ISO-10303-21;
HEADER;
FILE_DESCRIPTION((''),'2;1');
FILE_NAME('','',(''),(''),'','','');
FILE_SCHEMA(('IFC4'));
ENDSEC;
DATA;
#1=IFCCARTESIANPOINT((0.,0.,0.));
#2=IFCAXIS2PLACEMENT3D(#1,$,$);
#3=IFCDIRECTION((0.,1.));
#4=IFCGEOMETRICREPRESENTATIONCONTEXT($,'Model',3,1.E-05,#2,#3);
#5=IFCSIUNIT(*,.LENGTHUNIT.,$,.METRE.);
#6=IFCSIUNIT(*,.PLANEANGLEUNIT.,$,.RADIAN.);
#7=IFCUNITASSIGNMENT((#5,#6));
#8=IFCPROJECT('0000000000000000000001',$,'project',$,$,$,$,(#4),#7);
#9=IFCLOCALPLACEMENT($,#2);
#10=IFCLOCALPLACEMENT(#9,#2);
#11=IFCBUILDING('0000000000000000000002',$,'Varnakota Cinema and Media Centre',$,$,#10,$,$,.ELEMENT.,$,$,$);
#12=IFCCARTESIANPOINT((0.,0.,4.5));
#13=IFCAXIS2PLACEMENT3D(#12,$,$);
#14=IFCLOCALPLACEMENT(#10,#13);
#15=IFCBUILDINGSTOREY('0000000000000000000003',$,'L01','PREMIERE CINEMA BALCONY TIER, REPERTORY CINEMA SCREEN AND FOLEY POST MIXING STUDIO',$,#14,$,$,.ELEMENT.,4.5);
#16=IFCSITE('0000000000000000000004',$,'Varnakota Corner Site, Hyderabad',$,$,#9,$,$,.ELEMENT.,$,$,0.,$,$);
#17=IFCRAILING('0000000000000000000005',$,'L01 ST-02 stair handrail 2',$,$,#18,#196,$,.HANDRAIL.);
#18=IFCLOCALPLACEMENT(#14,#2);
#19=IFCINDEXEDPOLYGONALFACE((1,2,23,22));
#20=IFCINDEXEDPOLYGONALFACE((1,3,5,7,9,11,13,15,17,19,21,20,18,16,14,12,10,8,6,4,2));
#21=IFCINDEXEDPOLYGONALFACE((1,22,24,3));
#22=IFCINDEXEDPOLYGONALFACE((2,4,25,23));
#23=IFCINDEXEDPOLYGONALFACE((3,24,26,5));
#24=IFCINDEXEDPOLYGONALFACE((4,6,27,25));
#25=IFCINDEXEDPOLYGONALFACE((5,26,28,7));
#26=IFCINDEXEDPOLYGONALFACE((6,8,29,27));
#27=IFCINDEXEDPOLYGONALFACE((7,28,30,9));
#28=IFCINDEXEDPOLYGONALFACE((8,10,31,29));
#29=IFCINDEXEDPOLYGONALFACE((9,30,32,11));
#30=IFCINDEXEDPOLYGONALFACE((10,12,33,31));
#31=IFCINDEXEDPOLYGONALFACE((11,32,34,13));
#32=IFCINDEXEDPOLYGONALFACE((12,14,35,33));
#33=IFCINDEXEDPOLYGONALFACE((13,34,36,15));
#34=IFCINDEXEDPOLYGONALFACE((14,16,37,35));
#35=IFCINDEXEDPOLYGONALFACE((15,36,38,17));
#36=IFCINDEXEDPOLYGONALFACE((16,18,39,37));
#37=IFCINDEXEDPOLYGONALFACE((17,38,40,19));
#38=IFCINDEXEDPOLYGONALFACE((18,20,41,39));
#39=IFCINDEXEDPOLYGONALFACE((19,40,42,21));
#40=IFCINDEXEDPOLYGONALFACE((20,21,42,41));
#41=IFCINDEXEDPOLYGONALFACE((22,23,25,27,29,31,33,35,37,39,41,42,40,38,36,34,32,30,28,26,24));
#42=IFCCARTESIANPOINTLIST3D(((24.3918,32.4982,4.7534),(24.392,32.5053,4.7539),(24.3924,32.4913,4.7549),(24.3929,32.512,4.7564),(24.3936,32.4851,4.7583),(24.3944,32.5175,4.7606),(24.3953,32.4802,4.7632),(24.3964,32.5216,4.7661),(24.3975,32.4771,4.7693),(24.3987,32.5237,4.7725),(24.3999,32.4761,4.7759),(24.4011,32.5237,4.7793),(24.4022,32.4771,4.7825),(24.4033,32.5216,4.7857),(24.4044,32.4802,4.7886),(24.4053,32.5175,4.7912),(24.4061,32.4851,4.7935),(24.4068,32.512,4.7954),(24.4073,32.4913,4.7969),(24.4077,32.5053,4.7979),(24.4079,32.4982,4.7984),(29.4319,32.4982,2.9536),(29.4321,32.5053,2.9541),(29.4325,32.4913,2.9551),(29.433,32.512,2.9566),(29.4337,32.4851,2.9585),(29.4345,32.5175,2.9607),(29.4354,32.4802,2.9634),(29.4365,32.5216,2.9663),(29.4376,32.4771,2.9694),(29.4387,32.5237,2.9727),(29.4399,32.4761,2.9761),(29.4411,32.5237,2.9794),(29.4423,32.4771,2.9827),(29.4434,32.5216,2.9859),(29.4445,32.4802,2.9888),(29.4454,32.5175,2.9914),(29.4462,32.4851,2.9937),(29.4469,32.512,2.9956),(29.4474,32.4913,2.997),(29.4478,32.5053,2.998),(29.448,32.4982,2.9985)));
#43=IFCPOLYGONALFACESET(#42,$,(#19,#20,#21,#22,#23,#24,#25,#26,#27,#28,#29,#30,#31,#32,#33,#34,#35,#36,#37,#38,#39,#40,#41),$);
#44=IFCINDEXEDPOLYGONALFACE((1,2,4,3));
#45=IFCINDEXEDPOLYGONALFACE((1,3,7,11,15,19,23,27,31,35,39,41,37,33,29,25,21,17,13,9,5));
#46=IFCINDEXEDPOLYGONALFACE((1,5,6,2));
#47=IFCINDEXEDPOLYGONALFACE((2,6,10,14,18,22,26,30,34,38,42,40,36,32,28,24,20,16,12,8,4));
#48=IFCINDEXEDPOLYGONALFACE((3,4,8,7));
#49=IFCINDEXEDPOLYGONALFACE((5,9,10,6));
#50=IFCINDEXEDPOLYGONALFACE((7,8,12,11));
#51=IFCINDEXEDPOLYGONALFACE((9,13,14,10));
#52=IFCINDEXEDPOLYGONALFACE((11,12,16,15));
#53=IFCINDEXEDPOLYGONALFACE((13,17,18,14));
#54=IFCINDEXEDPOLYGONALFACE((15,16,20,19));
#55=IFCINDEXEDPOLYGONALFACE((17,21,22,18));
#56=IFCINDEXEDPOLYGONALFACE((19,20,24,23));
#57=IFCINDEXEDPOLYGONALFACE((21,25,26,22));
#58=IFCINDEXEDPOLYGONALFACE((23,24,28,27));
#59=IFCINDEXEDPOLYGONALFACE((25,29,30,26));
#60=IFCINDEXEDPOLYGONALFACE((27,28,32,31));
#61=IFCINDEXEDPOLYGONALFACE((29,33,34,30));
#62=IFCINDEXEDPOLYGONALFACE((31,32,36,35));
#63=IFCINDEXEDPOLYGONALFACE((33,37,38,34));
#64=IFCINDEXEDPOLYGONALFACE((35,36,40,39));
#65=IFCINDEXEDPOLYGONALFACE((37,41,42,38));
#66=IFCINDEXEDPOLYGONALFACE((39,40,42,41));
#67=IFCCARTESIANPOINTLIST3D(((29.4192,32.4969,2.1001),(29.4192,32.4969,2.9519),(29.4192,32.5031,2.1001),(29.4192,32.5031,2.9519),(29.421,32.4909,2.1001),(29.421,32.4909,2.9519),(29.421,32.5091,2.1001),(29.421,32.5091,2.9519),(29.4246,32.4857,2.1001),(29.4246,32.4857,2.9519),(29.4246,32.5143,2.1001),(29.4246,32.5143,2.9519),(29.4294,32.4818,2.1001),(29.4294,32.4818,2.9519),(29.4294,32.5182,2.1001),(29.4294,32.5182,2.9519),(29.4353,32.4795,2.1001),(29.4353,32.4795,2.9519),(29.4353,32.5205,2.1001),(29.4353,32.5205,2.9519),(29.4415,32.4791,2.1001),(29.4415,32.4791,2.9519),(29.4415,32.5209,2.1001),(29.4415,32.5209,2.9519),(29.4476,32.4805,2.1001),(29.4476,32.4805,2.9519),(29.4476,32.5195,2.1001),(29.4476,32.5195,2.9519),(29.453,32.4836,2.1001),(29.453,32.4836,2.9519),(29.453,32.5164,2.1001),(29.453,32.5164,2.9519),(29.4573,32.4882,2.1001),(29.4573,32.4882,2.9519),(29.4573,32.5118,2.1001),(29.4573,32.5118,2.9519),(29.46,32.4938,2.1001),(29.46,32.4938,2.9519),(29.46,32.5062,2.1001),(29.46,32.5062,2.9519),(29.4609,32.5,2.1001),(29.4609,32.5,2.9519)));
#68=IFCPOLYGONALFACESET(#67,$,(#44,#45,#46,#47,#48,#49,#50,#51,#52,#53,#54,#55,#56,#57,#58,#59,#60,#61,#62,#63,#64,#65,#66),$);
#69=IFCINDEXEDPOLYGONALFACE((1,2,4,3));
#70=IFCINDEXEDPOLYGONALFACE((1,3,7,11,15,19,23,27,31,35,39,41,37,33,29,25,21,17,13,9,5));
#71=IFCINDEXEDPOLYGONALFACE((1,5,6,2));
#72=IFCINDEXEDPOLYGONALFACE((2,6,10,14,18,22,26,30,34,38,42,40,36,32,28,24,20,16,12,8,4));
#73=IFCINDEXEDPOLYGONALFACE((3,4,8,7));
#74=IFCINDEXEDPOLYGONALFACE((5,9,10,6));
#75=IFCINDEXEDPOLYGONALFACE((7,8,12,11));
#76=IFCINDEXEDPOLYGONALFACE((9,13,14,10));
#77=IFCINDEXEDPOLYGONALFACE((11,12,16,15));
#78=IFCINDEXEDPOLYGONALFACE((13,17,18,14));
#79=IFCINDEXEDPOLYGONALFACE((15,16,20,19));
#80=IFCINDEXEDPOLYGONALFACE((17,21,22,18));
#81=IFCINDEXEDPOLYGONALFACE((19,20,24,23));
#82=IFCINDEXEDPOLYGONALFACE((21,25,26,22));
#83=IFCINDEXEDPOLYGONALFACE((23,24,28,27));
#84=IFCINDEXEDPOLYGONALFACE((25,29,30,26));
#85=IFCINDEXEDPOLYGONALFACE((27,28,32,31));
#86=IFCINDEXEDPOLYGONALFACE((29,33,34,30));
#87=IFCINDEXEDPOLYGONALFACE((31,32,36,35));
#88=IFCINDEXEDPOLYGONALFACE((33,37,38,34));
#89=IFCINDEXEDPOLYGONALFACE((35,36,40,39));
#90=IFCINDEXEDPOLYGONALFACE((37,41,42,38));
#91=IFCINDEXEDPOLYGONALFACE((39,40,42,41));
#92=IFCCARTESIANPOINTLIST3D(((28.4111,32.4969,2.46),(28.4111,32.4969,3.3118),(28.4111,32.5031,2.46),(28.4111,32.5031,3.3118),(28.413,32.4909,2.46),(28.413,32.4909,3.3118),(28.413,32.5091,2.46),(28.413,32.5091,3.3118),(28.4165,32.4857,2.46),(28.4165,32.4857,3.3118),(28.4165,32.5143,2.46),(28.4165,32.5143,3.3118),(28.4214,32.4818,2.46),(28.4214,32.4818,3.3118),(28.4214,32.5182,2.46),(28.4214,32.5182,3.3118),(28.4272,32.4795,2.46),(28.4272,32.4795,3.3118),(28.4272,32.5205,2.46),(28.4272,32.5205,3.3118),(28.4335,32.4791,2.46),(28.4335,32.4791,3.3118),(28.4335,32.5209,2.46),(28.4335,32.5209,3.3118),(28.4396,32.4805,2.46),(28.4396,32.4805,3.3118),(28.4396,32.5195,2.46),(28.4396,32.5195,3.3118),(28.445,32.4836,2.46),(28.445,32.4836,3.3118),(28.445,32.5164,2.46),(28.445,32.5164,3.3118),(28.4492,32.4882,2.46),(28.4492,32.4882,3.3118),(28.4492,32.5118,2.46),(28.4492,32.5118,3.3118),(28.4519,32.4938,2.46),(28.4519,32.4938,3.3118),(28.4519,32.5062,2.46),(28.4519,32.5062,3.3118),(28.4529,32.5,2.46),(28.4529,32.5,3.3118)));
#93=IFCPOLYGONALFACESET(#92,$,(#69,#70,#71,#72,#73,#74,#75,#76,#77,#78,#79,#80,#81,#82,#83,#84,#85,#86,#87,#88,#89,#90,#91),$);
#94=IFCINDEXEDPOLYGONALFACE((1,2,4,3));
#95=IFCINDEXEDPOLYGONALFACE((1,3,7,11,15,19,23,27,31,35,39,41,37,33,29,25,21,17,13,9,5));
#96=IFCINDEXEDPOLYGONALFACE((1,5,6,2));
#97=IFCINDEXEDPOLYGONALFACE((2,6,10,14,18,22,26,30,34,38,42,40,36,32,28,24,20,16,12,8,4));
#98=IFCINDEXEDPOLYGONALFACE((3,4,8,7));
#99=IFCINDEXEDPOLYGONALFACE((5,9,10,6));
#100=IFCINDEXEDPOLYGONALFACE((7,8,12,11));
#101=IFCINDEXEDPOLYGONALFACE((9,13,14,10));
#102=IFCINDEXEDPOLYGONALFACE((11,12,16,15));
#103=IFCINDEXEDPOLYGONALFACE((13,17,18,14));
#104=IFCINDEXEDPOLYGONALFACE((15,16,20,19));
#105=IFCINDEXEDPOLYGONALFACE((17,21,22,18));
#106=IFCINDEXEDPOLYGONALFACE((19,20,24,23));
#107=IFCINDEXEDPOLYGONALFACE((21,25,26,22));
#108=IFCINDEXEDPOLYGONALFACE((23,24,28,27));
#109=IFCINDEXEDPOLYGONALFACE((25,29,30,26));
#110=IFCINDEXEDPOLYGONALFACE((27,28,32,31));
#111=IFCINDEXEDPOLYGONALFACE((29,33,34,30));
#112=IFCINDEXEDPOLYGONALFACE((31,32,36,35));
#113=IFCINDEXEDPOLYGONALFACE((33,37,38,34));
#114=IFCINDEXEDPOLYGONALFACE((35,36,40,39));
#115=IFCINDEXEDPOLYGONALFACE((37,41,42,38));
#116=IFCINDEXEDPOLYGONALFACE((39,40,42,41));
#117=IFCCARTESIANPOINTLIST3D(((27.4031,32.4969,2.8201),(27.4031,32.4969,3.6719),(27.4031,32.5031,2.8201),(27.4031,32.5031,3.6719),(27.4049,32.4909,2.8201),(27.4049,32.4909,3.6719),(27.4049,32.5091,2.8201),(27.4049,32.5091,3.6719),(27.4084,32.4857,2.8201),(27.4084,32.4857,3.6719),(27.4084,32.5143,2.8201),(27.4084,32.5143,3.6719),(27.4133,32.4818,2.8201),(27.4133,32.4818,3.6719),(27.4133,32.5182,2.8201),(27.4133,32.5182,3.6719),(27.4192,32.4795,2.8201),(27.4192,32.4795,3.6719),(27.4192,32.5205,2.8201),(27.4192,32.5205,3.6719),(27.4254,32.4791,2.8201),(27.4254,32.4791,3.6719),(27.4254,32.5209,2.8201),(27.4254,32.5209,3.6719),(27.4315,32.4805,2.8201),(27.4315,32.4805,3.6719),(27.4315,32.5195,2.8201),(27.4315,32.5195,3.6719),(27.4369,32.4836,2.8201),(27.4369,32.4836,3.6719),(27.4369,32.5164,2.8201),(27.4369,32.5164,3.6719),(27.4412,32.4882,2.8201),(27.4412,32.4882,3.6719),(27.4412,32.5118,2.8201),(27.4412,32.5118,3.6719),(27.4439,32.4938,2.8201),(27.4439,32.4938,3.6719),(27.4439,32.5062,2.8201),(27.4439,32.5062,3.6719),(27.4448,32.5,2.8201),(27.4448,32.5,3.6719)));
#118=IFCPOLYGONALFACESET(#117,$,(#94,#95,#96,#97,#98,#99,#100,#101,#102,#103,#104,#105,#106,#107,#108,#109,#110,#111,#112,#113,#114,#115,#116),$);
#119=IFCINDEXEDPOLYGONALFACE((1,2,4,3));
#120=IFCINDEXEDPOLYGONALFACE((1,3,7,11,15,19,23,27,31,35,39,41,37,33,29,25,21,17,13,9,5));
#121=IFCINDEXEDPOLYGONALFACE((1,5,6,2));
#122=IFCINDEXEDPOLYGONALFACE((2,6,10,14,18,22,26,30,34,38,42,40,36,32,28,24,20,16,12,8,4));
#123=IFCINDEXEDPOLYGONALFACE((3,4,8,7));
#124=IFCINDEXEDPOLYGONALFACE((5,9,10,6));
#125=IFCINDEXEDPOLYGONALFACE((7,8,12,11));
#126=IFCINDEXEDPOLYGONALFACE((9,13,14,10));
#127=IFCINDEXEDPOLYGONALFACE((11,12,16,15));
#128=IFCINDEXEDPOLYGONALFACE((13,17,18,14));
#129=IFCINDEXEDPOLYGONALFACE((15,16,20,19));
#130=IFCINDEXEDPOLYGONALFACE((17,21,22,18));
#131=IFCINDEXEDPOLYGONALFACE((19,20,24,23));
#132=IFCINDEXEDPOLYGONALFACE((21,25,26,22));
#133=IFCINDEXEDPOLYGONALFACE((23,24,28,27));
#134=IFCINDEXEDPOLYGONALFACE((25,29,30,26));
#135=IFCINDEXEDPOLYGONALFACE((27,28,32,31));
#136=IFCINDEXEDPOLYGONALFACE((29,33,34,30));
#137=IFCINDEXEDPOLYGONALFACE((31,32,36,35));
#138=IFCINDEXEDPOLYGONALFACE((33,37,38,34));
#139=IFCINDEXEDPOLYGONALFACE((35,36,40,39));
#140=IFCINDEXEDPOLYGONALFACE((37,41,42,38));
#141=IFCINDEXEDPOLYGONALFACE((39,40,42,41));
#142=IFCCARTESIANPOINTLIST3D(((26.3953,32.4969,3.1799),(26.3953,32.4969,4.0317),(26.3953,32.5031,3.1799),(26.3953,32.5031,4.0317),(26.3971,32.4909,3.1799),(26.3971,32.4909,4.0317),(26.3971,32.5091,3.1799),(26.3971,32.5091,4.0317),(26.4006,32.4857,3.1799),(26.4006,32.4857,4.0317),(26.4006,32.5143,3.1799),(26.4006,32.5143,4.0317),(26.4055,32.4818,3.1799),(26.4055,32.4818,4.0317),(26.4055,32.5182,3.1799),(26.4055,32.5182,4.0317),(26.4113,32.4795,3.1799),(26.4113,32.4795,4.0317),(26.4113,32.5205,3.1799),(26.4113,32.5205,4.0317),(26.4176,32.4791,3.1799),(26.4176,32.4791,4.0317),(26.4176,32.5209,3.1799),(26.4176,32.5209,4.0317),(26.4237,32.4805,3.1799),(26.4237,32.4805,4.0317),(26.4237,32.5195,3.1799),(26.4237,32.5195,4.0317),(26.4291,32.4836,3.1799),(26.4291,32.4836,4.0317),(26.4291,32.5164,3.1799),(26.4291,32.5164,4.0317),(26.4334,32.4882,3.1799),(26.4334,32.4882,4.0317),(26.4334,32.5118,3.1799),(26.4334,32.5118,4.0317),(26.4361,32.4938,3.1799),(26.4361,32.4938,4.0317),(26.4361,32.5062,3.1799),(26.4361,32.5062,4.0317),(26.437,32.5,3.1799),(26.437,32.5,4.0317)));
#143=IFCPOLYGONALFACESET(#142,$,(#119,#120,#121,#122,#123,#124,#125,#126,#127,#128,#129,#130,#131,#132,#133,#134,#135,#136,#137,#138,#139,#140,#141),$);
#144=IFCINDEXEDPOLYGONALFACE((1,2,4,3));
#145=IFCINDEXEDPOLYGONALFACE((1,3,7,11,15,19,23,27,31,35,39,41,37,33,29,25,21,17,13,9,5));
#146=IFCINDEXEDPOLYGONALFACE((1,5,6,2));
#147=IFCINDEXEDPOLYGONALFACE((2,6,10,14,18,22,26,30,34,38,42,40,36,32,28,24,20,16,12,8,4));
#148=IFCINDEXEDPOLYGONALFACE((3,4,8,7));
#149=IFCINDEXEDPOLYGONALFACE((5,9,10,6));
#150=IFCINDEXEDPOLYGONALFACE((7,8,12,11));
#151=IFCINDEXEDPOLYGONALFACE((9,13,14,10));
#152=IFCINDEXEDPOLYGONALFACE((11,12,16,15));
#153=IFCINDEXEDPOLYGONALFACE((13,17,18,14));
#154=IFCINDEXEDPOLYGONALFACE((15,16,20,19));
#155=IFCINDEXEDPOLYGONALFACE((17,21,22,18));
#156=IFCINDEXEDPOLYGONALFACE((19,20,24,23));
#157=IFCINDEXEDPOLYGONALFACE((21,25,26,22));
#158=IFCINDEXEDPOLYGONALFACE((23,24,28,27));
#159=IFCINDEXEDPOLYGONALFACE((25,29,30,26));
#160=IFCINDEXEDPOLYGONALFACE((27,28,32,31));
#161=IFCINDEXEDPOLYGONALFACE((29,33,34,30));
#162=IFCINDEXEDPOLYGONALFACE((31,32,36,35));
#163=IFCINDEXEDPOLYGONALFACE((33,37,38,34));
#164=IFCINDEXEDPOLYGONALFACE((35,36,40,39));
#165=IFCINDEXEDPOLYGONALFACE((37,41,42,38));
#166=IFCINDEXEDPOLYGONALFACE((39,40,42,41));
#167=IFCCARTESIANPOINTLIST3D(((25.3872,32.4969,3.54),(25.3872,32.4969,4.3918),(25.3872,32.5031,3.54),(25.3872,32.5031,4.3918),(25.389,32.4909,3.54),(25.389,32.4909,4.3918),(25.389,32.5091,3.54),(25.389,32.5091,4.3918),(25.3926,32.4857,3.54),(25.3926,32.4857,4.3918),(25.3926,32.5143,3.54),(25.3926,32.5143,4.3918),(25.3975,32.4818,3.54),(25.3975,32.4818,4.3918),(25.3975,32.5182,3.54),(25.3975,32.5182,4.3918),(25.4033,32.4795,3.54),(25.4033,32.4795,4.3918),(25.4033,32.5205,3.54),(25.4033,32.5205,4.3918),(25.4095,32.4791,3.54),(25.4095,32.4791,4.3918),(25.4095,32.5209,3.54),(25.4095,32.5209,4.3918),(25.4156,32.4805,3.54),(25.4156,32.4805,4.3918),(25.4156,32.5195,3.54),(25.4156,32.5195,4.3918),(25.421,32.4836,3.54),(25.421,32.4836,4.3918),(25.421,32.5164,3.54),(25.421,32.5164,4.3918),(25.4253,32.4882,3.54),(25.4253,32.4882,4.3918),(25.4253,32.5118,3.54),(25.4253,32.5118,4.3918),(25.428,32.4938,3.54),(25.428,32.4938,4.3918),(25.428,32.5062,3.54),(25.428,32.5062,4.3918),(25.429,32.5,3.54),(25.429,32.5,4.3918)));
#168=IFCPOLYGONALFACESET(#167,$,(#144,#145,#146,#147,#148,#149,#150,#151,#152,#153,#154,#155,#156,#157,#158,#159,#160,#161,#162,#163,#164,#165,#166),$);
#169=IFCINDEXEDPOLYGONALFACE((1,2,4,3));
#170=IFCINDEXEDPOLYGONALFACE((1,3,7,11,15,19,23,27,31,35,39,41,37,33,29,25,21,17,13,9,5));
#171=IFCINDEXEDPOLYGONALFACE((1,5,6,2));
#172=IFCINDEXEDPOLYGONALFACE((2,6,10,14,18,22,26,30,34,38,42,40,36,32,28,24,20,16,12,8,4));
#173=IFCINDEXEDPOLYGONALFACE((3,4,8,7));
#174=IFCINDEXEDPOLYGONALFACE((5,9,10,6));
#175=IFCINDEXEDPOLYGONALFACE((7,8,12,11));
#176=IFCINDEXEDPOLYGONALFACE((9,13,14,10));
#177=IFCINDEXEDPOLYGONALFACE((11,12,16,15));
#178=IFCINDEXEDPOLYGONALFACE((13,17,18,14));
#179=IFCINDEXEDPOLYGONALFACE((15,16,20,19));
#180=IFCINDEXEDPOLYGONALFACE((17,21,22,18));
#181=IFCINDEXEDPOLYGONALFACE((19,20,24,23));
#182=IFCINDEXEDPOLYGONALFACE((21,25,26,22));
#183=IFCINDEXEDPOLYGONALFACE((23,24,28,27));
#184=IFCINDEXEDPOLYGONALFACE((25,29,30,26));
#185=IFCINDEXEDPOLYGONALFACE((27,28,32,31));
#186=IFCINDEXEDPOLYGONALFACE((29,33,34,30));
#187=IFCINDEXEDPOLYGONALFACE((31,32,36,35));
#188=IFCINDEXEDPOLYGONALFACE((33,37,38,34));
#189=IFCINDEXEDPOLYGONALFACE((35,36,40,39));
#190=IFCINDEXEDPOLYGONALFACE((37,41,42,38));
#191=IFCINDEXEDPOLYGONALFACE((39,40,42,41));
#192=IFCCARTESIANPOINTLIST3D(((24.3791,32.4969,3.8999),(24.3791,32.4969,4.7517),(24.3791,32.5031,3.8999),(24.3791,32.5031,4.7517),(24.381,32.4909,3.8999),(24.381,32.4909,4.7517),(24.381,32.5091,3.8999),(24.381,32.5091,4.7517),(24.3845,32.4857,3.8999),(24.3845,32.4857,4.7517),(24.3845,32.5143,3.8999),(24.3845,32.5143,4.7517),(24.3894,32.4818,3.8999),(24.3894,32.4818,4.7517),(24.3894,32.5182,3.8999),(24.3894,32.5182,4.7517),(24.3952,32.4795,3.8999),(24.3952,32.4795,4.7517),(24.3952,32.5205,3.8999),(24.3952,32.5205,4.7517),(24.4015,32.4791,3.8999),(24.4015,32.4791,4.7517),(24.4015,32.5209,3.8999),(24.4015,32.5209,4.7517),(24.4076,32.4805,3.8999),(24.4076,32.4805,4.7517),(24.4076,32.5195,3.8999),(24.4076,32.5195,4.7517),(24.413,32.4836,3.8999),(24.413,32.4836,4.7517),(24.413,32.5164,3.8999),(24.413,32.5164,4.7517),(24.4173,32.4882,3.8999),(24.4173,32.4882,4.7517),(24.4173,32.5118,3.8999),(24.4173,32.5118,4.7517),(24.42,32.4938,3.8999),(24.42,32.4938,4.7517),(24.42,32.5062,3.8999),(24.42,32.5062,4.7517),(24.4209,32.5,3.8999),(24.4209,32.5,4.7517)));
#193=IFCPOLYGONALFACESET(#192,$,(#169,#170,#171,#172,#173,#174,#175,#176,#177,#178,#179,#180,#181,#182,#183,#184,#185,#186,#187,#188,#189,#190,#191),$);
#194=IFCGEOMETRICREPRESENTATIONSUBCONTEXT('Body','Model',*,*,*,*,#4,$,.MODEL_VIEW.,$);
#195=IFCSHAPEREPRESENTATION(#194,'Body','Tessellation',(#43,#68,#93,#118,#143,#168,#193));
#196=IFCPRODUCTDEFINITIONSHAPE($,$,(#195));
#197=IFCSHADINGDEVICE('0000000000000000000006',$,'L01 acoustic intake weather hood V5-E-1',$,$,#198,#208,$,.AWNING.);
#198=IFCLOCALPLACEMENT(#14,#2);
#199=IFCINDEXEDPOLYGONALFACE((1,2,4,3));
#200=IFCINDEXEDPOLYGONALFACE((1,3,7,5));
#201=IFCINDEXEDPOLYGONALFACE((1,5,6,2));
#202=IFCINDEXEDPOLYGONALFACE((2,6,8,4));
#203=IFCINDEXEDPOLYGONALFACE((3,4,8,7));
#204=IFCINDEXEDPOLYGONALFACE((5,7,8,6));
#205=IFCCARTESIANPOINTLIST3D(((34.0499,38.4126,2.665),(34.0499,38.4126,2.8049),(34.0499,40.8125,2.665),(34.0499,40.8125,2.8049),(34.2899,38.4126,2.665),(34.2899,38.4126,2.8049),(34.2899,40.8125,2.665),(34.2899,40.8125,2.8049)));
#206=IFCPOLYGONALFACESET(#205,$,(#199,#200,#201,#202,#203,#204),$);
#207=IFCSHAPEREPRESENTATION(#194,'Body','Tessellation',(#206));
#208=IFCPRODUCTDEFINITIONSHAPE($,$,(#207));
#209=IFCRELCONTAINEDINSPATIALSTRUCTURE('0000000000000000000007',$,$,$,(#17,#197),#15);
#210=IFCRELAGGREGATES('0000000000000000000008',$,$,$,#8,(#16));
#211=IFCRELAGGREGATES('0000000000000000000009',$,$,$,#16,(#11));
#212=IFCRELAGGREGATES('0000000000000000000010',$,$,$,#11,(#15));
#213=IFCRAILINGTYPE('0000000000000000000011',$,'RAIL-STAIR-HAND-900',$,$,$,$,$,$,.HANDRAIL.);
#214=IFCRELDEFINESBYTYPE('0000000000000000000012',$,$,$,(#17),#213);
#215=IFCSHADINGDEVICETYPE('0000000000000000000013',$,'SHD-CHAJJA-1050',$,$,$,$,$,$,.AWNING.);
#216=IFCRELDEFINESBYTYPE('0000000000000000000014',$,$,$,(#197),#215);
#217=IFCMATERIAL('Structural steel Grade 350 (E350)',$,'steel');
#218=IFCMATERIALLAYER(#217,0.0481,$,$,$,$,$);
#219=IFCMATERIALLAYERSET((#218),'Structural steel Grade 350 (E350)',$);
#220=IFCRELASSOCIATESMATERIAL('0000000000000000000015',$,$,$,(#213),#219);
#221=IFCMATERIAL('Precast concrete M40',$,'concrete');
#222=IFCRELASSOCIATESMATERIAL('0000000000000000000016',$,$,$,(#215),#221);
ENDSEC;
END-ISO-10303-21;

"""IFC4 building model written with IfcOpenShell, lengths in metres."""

from ifc_helpers import new_model, si_unit, direction, frame, origin, origin_2d, place, context, subcontext, project, spatial, rectangle, circle, extrude, material, layer, layer_set, type_object, element, save


model = new_model("IFC4")

# Units and contexts
model_context = context("Model", 3, precision=1e-05, world=origin(), true_north=direction((0.0, 1.0)))
body_context = subcontext(model_context, "Body", "Model", "MODEL_VIEW")
ifc_project = project(units=[si_unit("LENGTHUNIT", "METRE"), si_unit("PLANEANGLEUNIT", "RADIAN")], contexts=[model_context])

# Site, building, storey
site_placement = place(None, origin())
site = spatial("IfcSite", under=ifc_project, at=site_placement, Name="Varnakota Corner Site, Hyderabad", CompositionType="ELEMENT", RefElevation=0.0)
building_placement = place(site_placement, origin())
building = spatial("IfcBuilding", under=site, at=building_placement, Name="Varnakota Cinema and Media Centre", CompositionType="ELEMENT")
storey_placement = place(building_placement, frame((0.0, 0.0, 4.5)))
storey = spatial("IfcBuildingStorey", under=building, at=storey_placement, Name="L01", Description="PREMIERE CINEMA BALCONY TIER, REPERTORY CINEMA SCREEN AND FOLEY POST MIXING STUDIO", CompositionType="ELEMENT", Elevation=4.5)

# Railing
ifc_material_1 = material(Name="Structural steel Grade 350 (E350)", Category="steel")
ifc_layer_1 = layer(ifc_material_1, 0.0481)
ifc_layer_set_1 = layer_set([ifc_layer_1], Name="Structural steel Grade 350 (E350)")
railing_type_1 = type_object("IfcRailingType", Name="RAIL-STAIR-HAND-900", PredefinedType="HANDRAIL", material=ifc_layer_set_1)
railing_1_placement = place(storey_placement, frame((29.4399, 32.5, 2.1001)))
element("IfcRailing", 1, at=railing_1_placement, inside=storey, type_object=railing_type_1, Name="L01 ST-02 stair handrail 2", PredefinedType="HANDRAIL", context=body_context, shape_type="SweptSolid", body=[
    extrude(circle(Radius=0.0239, at=origin_2d()), frame((0.0, 0.0, 0.876), z_axis=(-0.941754, 0.0, 0.336302), x_axis=(0.0, -1.0, 0.0)), (0.0, 0.0, 1.0), 5.3518),
    extrude(circle(Radius=0.021, at=origin_2d()), origin(), (0.0, 0.0, 1.0), 0.8518),
    extrude(circle(Radius=0.021, at=origin_2d()), frame((-1.0081, 0.0, 0.3599)), (0.0, 0.0, 1.0), 0.8518),
    extrude(circle(Radius=0.021, at=origin_2d()), frame((-2.0161, 0.0, 0.72)), (0.0, 0.0, 1.0), 0.8518),
    extrude(circle(Radius=0.021, at=origin_2d()), frame((-3.0239, 0.0, 1.0798)), (0.0, 0.0, 1.0), 0.8518),
    extrude(circle(Radius=0.021, at=origin_2d()), frame((-4.032, 0.0, 1.4399)), (0.0, 0.0, 1.0), 0.8518),
    extrude(circle(Radius=0.021, at=origin_2d()), frame((-5.04, 0.0, 1.7998)), (0.0, 0.0, 1.0), 0.8518),
])

# Shading device
ifc_material_2 = material(Name="Precast concrete M40", Category="concrete")
shading_device_type_1 = type_object("IfcShadingDeviceType", Name="SHD-CHAJJA-1050", PredefinedType="AWNING", material=ifc_material_2)
shading_device_1_placement = place(storey_placement, frame((34.1699, 39.6125, 2.665), z_axis=(0.0, 0.0, 1.0), x_axis=(0.0, 1.0, 0.0)))
element("IfcShadingDevice", 2, at=shading_device_1_placement, inside=storey, type_object=shading_device_type_1, Name="L01 acoustic intake weather hood V5-E-1", PredefinedType="AWNING", context=body_context, shape_type="SweptSolid", body=[
    extrude(rectangle(XDim=2.3999, YDim=0.24, at=origin_2d()), origin(), (0.0, 0.0, 1.0), 0.1399),
])

save(model, "model.ifc")
